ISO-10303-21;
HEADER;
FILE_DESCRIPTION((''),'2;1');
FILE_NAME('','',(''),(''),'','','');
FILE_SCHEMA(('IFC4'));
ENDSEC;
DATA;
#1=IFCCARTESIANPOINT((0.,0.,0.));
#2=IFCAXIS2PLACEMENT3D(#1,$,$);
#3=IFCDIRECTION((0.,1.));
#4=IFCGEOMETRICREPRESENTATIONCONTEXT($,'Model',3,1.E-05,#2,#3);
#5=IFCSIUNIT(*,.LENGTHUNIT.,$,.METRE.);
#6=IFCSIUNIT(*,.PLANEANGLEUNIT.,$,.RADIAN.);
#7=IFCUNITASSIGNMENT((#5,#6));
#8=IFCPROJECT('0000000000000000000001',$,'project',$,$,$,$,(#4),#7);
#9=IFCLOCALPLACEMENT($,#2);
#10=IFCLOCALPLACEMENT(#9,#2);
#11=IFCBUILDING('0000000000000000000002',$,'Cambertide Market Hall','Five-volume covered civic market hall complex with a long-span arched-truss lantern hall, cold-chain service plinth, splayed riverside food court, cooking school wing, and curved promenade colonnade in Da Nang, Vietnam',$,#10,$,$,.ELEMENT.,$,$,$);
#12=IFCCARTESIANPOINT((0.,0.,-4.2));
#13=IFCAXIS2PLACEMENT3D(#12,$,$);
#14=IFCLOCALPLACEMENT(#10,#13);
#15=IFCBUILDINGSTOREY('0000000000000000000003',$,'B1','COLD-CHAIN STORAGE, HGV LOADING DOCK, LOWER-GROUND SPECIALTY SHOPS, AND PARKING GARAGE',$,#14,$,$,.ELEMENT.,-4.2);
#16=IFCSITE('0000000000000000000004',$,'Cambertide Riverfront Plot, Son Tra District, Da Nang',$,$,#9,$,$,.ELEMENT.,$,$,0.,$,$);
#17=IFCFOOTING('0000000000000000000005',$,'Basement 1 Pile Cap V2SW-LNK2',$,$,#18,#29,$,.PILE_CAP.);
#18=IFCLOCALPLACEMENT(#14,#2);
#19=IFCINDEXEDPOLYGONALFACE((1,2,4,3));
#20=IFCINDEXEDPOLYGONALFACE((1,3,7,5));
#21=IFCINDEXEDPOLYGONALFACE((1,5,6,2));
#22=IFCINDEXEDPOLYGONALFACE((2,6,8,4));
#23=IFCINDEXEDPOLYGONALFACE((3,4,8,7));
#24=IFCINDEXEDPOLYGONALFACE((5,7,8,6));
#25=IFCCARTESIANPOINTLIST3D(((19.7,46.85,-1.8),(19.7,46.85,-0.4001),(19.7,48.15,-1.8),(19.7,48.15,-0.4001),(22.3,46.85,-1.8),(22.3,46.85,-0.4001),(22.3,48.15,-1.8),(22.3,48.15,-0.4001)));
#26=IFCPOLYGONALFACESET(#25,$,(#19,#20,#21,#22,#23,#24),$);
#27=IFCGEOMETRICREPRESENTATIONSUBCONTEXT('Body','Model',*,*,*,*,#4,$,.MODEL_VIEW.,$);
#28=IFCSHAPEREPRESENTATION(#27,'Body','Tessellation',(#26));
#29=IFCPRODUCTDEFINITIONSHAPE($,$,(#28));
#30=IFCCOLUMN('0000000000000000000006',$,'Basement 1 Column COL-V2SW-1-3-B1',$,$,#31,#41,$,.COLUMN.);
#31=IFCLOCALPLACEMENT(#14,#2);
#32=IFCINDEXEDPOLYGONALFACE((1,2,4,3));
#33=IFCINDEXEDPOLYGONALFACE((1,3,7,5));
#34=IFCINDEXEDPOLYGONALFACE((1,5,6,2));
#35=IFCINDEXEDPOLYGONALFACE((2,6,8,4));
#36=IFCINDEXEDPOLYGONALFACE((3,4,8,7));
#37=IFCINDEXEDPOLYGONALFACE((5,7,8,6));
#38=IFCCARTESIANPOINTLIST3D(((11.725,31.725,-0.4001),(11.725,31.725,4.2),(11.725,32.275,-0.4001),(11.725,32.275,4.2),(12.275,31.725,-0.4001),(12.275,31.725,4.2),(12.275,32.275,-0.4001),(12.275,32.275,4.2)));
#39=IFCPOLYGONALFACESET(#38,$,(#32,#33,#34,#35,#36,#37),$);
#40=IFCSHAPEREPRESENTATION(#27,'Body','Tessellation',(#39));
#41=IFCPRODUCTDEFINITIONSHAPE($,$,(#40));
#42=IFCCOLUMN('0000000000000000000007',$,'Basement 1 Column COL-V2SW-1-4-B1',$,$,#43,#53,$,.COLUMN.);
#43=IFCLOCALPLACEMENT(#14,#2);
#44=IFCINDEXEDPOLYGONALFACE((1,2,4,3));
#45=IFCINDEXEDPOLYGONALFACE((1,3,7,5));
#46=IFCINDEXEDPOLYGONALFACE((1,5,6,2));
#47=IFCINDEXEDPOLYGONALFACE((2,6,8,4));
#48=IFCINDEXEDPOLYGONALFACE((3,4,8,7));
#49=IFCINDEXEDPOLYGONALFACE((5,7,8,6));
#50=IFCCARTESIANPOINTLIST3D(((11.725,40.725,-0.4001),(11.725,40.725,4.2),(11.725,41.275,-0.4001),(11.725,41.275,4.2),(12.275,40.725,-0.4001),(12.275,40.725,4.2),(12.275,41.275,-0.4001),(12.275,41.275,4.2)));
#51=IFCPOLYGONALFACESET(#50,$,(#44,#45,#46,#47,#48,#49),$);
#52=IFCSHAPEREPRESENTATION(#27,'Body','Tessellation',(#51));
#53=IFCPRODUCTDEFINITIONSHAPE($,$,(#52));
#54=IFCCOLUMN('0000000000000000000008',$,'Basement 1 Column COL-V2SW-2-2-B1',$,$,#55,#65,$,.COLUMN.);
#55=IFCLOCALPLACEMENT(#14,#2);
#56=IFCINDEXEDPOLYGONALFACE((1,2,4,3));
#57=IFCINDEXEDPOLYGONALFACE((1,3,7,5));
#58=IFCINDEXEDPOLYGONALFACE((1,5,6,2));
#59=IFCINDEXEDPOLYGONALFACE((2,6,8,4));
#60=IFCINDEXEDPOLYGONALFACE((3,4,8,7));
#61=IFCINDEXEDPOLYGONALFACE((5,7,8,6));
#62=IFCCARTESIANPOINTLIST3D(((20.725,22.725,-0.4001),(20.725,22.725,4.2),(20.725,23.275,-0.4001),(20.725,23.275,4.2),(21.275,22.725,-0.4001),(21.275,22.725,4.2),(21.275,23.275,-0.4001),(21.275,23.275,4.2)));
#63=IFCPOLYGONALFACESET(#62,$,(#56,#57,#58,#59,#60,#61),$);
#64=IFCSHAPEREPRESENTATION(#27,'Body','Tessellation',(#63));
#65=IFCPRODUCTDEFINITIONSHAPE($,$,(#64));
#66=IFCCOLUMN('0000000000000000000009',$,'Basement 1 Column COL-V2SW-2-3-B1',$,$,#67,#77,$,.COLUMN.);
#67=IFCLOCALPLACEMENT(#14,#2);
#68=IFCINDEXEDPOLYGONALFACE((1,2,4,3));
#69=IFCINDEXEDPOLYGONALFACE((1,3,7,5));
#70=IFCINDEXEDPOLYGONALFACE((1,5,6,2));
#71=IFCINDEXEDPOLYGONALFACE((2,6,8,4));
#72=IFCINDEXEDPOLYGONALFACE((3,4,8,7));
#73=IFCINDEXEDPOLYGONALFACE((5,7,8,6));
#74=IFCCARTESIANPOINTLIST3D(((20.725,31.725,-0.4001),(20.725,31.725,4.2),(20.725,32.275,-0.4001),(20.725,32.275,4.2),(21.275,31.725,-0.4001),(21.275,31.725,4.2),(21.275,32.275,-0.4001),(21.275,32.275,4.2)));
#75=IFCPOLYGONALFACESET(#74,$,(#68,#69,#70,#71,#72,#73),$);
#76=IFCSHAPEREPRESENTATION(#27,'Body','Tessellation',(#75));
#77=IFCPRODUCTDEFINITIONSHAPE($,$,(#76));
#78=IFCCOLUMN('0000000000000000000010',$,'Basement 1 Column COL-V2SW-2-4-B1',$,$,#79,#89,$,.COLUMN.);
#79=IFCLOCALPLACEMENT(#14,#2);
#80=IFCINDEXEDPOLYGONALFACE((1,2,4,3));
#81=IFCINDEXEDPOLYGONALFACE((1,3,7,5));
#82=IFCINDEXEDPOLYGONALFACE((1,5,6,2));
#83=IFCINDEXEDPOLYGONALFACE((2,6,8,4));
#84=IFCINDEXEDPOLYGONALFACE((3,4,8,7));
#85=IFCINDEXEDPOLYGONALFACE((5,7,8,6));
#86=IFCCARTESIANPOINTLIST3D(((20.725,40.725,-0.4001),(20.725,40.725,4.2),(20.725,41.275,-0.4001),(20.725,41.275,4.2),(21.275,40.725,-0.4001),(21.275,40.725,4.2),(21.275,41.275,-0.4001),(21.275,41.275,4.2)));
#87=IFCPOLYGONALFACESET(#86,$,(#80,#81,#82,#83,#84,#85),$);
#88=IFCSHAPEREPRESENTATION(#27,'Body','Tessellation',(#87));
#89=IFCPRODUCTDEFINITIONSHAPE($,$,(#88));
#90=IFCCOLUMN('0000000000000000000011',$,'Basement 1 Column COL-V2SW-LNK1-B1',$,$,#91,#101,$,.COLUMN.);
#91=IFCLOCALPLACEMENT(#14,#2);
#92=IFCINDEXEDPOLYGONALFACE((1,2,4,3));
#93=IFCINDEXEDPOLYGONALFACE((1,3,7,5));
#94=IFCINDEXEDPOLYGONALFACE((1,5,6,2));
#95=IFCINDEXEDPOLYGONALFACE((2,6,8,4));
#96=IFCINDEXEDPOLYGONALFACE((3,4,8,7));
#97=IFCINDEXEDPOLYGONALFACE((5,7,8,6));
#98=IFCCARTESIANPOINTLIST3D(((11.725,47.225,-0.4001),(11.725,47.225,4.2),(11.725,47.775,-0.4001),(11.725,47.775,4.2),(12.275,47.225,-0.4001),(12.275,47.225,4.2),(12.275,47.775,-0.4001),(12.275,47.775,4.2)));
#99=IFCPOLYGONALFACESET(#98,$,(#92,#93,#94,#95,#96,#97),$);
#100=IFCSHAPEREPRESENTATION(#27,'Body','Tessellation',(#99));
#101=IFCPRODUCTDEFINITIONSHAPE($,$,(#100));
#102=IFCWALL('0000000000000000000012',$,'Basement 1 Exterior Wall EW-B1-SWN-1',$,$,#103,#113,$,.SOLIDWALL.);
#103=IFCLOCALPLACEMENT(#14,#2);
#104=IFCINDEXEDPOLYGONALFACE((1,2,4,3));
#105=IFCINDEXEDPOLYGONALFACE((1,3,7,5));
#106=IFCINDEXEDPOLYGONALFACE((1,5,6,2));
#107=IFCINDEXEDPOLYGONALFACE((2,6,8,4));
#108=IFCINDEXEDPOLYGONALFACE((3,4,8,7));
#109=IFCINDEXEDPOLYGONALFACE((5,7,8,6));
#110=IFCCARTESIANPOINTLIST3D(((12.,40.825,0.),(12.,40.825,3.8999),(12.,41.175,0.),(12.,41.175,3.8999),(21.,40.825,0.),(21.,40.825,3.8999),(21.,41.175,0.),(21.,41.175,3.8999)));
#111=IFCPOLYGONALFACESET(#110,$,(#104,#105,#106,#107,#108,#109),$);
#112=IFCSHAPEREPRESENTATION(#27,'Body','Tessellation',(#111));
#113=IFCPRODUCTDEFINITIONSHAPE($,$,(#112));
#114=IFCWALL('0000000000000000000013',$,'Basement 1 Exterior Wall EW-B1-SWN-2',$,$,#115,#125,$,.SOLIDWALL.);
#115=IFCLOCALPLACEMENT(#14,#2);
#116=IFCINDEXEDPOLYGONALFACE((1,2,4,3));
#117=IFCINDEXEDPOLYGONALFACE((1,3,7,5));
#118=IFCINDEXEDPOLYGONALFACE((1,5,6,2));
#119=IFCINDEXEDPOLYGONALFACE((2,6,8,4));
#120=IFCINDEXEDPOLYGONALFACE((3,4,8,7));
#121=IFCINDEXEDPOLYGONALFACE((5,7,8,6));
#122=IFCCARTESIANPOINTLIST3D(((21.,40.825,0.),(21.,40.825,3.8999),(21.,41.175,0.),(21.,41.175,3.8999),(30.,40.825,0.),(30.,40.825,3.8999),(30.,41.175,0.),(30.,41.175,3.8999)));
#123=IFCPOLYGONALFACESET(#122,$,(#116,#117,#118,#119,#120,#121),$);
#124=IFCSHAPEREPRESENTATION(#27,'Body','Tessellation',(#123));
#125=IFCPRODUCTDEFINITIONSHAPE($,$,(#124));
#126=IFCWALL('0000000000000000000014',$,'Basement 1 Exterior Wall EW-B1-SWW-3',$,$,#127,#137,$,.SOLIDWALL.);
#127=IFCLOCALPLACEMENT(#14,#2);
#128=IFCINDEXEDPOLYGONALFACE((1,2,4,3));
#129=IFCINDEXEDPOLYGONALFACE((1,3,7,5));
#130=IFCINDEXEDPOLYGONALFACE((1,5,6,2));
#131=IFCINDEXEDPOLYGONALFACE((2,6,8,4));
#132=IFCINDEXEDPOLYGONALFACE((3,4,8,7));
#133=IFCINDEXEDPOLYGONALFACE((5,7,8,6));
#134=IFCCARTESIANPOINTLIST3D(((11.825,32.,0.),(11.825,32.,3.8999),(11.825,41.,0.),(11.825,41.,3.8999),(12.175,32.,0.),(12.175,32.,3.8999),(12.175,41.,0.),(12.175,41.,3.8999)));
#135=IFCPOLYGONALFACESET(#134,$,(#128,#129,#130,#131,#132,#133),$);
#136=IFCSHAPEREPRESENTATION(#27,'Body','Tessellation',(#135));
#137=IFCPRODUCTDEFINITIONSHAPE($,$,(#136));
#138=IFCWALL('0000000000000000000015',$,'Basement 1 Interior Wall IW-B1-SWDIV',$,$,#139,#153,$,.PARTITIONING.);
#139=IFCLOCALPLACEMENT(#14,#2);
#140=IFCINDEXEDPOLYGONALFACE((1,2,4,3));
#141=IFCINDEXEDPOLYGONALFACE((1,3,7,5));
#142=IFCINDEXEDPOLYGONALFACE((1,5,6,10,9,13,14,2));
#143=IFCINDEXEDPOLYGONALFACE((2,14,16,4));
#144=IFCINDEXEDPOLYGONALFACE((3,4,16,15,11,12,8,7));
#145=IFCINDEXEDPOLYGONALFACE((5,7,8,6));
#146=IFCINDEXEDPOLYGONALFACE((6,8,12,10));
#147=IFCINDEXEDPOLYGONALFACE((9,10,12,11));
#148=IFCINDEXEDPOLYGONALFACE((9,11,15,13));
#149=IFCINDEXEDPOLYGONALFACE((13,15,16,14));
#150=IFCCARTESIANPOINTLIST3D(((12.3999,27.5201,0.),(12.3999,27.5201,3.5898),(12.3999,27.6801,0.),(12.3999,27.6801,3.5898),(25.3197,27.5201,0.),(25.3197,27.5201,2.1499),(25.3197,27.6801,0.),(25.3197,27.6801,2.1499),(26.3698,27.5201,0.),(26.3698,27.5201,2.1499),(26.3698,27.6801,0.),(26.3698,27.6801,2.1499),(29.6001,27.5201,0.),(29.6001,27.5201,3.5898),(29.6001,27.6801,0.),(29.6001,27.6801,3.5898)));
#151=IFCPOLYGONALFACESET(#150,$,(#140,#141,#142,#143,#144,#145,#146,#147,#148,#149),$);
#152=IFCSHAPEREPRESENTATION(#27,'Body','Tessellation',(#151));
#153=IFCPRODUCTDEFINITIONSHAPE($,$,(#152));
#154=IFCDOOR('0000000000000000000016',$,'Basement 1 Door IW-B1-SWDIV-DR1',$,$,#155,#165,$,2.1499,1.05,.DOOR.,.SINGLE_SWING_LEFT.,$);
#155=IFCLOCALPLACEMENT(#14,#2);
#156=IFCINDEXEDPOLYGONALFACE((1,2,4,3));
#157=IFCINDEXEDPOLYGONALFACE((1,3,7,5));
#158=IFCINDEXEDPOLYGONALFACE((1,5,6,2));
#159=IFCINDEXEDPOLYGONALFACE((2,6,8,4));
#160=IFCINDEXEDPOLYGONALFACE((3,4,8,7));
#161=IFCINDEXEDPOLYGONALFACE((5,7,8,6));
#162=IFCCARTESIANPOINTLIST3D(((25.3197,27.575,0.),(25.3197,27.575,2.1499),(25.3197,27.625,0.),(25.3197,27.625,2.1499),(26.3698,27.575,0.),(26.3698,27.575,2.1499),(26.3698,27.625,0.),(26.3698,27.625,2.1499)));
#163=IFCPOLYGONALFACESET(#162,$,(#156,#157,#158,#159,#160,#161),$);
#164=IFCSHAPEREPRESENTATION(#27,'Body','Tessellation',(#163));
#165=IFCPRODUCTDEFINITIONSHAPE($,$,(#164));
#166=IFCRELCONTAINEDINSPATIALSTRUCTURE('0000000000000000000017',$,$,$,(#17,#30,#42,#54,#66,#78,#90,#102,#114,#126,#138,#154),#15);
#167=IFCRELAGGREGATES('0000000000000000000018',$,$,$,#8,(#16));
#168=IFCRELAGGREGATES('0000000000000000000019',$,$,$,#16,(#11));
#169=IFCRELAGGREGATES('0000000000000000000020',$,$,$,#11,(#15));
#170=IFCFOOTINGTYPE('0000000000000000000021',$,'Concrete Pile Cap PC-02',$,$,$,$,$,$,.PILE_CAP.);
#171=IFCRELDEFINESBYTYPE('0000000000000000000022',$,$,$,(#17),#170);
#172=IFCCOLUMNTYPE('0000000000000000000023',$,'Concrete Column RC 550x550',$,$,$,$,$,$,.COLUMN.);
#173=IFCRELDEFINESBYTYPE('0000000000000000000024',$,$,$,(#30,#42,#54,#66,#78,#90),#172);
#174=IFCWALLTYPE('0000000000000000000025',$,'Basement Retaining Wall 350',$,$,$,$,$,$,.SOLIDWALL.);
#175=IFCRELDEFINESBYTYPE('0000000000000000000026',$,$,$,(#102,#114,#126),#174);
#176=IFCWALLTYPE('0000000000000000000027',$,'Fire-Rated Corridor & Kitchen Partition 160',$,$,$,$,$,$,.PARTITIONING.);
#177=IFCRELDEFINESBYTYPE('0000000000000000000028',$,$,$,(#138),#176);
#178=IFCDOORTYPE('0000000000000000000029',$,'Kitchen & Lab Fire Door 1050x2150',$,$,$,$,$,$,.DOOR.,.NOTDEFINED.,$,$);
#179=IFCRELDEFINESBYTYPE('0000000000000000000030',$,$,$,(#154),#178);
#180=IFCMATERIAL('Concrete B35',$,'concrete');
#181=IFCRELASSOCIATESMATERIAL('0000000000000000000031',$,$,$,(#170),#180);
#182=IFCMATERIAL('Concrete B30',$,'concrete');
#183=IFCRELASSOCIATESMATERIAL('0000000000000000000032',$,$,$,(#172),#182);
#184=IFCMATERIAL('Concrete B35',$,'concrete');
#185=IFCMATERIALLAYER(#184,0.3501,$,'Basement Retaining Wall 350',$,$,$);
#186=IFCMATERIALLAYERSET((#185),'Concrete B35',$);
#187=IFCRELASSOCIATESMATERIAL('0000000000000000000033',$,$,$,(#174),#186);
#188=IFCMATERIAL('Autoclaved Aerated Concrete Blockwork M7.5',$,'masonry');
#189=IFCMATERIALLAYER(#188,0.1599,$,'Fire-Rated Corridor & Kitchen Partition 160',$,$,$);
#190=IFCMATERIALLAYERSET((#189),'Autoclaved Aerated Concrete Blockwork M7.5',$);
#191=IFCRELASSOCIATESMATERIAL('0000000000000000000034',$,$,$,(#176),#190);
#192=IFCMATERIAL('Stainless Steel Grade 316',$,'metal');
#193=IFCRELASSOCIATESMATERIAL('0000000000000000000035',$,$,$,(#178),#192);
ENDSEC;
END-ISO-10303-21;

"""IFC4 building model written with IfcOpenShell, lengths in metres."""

from ifc_helpers import new_model, si_unit, direction, frame, frame_2d, origin, origin_2d, place, context, subcontext, project, spatial, rectangle, extrude, material, layer, layer_set, material_profile, profile_set, type_object, element, fill, save


model = new_model("IFC4")

# Units and contexts
model_context = context("Model", 3, precision=1e-05, world=origin(), true_north=direction((0.0, 1.0)))
body_context = subcontext(model_context, "Body", "Model", "MODEL_VIEW")
ifc_project = project(units=[si_unit("LENGTHUNIT", "METRE"), si_unit("PLANEANGLEUNIT", "RADIAN")], contexts=[model_context])

# Site, building, storey
site_placement = place(None, origin())
site = spatial("IfcSite", under=ifc_project, at=site_placement, Name="Cambertide Riverfront Plot, Son Tra District, Da Nang", CompositionType="ELEMENT", RefElevation=0.0)
building_placement = place(site_placement, origin())
building = spatial("IfcBuilding", under=site, at=building_placement, Name="Cambertide Market Hall", Description="Five-volume covered civic market hall complex with a long-span arched-truss lantern hall, cold-chain service plinth, splayed riverside food court, cooking school wing, and curved promenade colonnade in Da Nang, Vietnam", CompositionType="ELEMENT")
storey_placement = place(building_placement, frame((0.0, 0.0, -4.2)))
storey = spatial("IfcBuildingStorey", under=building, at=storey_placement, Name="B1", Description="COLD-CHAIN STORAGE, HGV LOADING DOCK, LOWER-GROUND SPECIALTY SHOPS, AND PARKING GARAGE", CompositionType="ELEMENT", Elevation=-4.2)

# Footing
ifc_material_1 = material(Name="Concrete B35", Category="concrete")
footing_type = type_object("IfcFootingType", Name="Concrete Pile Cap PC-02", PredefinedType="PILE_CAP", material=ifc_material_1)
for number, where, z_axis, x_axis, name in (
    (1, (21.0, 47.5, -1.8), (0.0, 0.0, 1.0), (1.0, 0.0, 0.0), "Basement 1 Pile Cap V2SW-LNK2"),
):
    element("IfcFooting", number, at=place(storey_placement, frame(where, z_axis=z_axis, x_axis=x_axis)), inside=storey, type_object=footing_type, Name=name, PredefinedType="PILE_CAP", context=body_context, shape_type="SweptSolid", body=[
        extrude(rectangle(XDim=2.6001, YDim=1.3, at=origin_2d()), origin(), (0.0, 0.0, 1.0), 1.3999),
    ])

# Columns
ifc_material_2 = material(Name="Concrete B30", Category="concrete")
ifc_material_profile_1 = material_profile(ifc_material_2, rectangle(XDim=0.55, YDim=0.55, at=origin_2d()), Name="RC 550x550")
ifc_profile_set_1 = profile_set([ifc_material_profile_1], Name="Concrete B30")
column_type = type_object("IfcColumnType", Name="Concrete Column RC 550x550", PredefinedType="COLUMN", material=ifc_profile_set_1)
for number, where, z_axis, x_axis, name in (
    (2, (12.0, 32.0, -0.4001), (0.0, 0.0, 1.0), (1.0, 0.0, 0.0), "Basement 1 Column COL-V2SW-1-3-B1"),
    (3, (12.0, 41.0, -0.4001), (0.0, 0.0, 1.0), (1.0, 0.0, 0.0), "Basement 1 Column COL-V2SW-1-4-B1"),
    (4, (21.0, 23.0, -0.4001), (0.0, 0.0, 1.0), (1.0, 0.0, 0.0), "Basement 1 Column COL-V2SW-2-2-B1"),
    (5, (21.0, 32.0, -0.4001), (0.0, 0.0, 1.0), (1.0, 0.0, 0.0), "Basement 1 Column COL-V2SW-2-3-B1"),
    (6, (21.0, 41.0, -0.4001), (0.0, 0.0, 1.0), (1.0, 0.0, 0.0), "Basement 1 Column COL-V2SW-2-4-B1"),
    (7, (12.0, 47.5, -0.4001), (0.0, 0.0, 1.0), (1.0, 0.0, 0.0), "Basement 1 Column COL-V2SW-LNK1-B1"),
):
    element("IfcColumn", number, at=place(storey_placement, frame(where, z_axis=z_axis, x_axis=x_axis)), inside=storey, type_object=column_type, Name=name, PredefinedType="COLUMN", context=body_context, shape_type="SweptSolid", body=[
        extrude(rectangle(XDim=0.55, YDim=0.55, at=origin_2d()), origin(), (0.0, 0.0, 1.0), 4.6001),
    ])

# Walls
ifc_material_3 = material(Name="Concrete B35", Category="concrete")
ifc_layer_1 = layer(ifc_material_3, 0.3501, Name="Basement Retaining Wall 350")
ifc_layer_set_1 = layer_set([ifc_layer_1], Name="Concrete B35")
wall_type_1 = type_object("IfcWallType", Name="Basement Retaining Wall 350", PredefinedType="SOLIDWALL", material=ifc_layer_set_1)
for number, where, z_axis, x_axis, name in (
    (8, (12.0, 41.0, 0.0), (0.0, 0.0, 1.0), (1.0, 0.0, 0.0), "Basement 1 Exterior Wall EW-B1-SWN-1"),
    (9, (21.0, 41.0, 0.0), (0.0, 0.0, 1.0), (1.0, 0.0, 0.0), "Basement 1 Exterior Wall EW-B1-SWN-2"),
    (10, (12.0, 32.0, 0.0), (0.0, 0.0, 1.0), (0.0, 1.0, 0.0), "Basement 1 Exterior Wall EW-B1-SWW-3"),
):
    element("IfcWall", number, at=place(storey_placement, frame(where, z_axis=z_axis, x_axis=x_axis)), inside=storey, type_object=wall_type_1, Name=name, PredefinedType="SOLIDWALL", context=body_context, shape_type="SweptSolid", body=[
        extrude(rectangle(XDim=9.0, YDim=0.3501, at=frame_2d((4.5, 0.0))), origin(), (0.0, 0.0, 1.0), 3.8999),
    ])

# Wall, opening, door
ifc_material_4 = material(Name="Autoclaved Aerated Concrete Blockwork M7.5", Category="masonry")
ifc_layer_2 = layer(ifc_material_4, 0.1599, Name="Fire-Rated Corridor & Kitchen Partition 160")
ifc_layer_set_2 = layer_set([ifc_layer_2], Name="Autoclaved Aerated Concrete Blockwork M7.5")
wall_type_2 = type_object("IfcWallType", Name="Fire-Rated Corridor & Kitchen Partition 160", PredefinedType="PARTITIONING", material=ifc_layer_set_2)
wall_placement = place(storey_placement, frame((12.3999, 27.6001, 0.0), z_axis=(0.0, 0.0, 1.0), x_axis=(1.0, 0.0, 0.0)))
wall = element("IfcWall", 11, at=wall_placement, inside=storey, type_object=wall_type_2, Name="Basement 1 Interior Wall IW-B1-SWDIV", PredefinedType="PARTITIONING", context=body_context, shape_type="SweptSolid", body=[
    extrude(rectangle(XDim=17.2002, YDim=0.1599, at=frame_2d((8.6001, 0.0))), origin(), (0.0, 0.0, 1.0), 3.5898),
])
opening_placement = place(wall_placement, frame((12.9199, 0.0, 0.0)))
opening = element("IfcOpeningElement", 12, at=opening_placement, cuts=wall, PredefinedType="OPENING", context=body_context, shape_type="SweptSolid", body=[
    extrude(rectangle(XDim=1.05, YDim=2.1499, at=frame_2d((0.5249, 1.075))), frame((0.0, 0.0898, 0.0), z_axis=(0.0, -1.0, 0.0), x_axis=(1.0, 0.0, 0.0)), (0.0, 0.0, 1.0), 0.1799),
])
ifc_material_5 = material(Name="Stainless Steel Grade 316", Category="metal")
door_type = type_object("IfcDoorType", Name="Kitchen & Lab Fire Door 1050x2150", OperationType="NOTDEFINED", PredefinedType="DOOR", material=ifc_material_5)
door_placement = place(opening_placement, origin())
door = element("IfcDoor", 13, at=door_placement, inside=storey, type_object=door_type, Name="Basement 1 Door IW-B1-SWDIV-DR1", OperationType="SINGLE_SWING_LEFT", OverallHeight=2.1499, OverallWidth=1.05, PredefinedType="DOOR", context=body_context, shape_type="SweptSolid", body=[
    extrude(rectangle(XDim=1.05, YDim=2.1499, at=frame_2d((0.5249, 1.075))), frame((0.0, 0.0249, 0.0), z_axis=(0.0, -1.0, 0.0), x_axis=(1.0, 0.0, 0.0)), (0.0, 0.0, 1.0), 0.05),
])
fill(opening, door)

save(model, "model.ifc")
